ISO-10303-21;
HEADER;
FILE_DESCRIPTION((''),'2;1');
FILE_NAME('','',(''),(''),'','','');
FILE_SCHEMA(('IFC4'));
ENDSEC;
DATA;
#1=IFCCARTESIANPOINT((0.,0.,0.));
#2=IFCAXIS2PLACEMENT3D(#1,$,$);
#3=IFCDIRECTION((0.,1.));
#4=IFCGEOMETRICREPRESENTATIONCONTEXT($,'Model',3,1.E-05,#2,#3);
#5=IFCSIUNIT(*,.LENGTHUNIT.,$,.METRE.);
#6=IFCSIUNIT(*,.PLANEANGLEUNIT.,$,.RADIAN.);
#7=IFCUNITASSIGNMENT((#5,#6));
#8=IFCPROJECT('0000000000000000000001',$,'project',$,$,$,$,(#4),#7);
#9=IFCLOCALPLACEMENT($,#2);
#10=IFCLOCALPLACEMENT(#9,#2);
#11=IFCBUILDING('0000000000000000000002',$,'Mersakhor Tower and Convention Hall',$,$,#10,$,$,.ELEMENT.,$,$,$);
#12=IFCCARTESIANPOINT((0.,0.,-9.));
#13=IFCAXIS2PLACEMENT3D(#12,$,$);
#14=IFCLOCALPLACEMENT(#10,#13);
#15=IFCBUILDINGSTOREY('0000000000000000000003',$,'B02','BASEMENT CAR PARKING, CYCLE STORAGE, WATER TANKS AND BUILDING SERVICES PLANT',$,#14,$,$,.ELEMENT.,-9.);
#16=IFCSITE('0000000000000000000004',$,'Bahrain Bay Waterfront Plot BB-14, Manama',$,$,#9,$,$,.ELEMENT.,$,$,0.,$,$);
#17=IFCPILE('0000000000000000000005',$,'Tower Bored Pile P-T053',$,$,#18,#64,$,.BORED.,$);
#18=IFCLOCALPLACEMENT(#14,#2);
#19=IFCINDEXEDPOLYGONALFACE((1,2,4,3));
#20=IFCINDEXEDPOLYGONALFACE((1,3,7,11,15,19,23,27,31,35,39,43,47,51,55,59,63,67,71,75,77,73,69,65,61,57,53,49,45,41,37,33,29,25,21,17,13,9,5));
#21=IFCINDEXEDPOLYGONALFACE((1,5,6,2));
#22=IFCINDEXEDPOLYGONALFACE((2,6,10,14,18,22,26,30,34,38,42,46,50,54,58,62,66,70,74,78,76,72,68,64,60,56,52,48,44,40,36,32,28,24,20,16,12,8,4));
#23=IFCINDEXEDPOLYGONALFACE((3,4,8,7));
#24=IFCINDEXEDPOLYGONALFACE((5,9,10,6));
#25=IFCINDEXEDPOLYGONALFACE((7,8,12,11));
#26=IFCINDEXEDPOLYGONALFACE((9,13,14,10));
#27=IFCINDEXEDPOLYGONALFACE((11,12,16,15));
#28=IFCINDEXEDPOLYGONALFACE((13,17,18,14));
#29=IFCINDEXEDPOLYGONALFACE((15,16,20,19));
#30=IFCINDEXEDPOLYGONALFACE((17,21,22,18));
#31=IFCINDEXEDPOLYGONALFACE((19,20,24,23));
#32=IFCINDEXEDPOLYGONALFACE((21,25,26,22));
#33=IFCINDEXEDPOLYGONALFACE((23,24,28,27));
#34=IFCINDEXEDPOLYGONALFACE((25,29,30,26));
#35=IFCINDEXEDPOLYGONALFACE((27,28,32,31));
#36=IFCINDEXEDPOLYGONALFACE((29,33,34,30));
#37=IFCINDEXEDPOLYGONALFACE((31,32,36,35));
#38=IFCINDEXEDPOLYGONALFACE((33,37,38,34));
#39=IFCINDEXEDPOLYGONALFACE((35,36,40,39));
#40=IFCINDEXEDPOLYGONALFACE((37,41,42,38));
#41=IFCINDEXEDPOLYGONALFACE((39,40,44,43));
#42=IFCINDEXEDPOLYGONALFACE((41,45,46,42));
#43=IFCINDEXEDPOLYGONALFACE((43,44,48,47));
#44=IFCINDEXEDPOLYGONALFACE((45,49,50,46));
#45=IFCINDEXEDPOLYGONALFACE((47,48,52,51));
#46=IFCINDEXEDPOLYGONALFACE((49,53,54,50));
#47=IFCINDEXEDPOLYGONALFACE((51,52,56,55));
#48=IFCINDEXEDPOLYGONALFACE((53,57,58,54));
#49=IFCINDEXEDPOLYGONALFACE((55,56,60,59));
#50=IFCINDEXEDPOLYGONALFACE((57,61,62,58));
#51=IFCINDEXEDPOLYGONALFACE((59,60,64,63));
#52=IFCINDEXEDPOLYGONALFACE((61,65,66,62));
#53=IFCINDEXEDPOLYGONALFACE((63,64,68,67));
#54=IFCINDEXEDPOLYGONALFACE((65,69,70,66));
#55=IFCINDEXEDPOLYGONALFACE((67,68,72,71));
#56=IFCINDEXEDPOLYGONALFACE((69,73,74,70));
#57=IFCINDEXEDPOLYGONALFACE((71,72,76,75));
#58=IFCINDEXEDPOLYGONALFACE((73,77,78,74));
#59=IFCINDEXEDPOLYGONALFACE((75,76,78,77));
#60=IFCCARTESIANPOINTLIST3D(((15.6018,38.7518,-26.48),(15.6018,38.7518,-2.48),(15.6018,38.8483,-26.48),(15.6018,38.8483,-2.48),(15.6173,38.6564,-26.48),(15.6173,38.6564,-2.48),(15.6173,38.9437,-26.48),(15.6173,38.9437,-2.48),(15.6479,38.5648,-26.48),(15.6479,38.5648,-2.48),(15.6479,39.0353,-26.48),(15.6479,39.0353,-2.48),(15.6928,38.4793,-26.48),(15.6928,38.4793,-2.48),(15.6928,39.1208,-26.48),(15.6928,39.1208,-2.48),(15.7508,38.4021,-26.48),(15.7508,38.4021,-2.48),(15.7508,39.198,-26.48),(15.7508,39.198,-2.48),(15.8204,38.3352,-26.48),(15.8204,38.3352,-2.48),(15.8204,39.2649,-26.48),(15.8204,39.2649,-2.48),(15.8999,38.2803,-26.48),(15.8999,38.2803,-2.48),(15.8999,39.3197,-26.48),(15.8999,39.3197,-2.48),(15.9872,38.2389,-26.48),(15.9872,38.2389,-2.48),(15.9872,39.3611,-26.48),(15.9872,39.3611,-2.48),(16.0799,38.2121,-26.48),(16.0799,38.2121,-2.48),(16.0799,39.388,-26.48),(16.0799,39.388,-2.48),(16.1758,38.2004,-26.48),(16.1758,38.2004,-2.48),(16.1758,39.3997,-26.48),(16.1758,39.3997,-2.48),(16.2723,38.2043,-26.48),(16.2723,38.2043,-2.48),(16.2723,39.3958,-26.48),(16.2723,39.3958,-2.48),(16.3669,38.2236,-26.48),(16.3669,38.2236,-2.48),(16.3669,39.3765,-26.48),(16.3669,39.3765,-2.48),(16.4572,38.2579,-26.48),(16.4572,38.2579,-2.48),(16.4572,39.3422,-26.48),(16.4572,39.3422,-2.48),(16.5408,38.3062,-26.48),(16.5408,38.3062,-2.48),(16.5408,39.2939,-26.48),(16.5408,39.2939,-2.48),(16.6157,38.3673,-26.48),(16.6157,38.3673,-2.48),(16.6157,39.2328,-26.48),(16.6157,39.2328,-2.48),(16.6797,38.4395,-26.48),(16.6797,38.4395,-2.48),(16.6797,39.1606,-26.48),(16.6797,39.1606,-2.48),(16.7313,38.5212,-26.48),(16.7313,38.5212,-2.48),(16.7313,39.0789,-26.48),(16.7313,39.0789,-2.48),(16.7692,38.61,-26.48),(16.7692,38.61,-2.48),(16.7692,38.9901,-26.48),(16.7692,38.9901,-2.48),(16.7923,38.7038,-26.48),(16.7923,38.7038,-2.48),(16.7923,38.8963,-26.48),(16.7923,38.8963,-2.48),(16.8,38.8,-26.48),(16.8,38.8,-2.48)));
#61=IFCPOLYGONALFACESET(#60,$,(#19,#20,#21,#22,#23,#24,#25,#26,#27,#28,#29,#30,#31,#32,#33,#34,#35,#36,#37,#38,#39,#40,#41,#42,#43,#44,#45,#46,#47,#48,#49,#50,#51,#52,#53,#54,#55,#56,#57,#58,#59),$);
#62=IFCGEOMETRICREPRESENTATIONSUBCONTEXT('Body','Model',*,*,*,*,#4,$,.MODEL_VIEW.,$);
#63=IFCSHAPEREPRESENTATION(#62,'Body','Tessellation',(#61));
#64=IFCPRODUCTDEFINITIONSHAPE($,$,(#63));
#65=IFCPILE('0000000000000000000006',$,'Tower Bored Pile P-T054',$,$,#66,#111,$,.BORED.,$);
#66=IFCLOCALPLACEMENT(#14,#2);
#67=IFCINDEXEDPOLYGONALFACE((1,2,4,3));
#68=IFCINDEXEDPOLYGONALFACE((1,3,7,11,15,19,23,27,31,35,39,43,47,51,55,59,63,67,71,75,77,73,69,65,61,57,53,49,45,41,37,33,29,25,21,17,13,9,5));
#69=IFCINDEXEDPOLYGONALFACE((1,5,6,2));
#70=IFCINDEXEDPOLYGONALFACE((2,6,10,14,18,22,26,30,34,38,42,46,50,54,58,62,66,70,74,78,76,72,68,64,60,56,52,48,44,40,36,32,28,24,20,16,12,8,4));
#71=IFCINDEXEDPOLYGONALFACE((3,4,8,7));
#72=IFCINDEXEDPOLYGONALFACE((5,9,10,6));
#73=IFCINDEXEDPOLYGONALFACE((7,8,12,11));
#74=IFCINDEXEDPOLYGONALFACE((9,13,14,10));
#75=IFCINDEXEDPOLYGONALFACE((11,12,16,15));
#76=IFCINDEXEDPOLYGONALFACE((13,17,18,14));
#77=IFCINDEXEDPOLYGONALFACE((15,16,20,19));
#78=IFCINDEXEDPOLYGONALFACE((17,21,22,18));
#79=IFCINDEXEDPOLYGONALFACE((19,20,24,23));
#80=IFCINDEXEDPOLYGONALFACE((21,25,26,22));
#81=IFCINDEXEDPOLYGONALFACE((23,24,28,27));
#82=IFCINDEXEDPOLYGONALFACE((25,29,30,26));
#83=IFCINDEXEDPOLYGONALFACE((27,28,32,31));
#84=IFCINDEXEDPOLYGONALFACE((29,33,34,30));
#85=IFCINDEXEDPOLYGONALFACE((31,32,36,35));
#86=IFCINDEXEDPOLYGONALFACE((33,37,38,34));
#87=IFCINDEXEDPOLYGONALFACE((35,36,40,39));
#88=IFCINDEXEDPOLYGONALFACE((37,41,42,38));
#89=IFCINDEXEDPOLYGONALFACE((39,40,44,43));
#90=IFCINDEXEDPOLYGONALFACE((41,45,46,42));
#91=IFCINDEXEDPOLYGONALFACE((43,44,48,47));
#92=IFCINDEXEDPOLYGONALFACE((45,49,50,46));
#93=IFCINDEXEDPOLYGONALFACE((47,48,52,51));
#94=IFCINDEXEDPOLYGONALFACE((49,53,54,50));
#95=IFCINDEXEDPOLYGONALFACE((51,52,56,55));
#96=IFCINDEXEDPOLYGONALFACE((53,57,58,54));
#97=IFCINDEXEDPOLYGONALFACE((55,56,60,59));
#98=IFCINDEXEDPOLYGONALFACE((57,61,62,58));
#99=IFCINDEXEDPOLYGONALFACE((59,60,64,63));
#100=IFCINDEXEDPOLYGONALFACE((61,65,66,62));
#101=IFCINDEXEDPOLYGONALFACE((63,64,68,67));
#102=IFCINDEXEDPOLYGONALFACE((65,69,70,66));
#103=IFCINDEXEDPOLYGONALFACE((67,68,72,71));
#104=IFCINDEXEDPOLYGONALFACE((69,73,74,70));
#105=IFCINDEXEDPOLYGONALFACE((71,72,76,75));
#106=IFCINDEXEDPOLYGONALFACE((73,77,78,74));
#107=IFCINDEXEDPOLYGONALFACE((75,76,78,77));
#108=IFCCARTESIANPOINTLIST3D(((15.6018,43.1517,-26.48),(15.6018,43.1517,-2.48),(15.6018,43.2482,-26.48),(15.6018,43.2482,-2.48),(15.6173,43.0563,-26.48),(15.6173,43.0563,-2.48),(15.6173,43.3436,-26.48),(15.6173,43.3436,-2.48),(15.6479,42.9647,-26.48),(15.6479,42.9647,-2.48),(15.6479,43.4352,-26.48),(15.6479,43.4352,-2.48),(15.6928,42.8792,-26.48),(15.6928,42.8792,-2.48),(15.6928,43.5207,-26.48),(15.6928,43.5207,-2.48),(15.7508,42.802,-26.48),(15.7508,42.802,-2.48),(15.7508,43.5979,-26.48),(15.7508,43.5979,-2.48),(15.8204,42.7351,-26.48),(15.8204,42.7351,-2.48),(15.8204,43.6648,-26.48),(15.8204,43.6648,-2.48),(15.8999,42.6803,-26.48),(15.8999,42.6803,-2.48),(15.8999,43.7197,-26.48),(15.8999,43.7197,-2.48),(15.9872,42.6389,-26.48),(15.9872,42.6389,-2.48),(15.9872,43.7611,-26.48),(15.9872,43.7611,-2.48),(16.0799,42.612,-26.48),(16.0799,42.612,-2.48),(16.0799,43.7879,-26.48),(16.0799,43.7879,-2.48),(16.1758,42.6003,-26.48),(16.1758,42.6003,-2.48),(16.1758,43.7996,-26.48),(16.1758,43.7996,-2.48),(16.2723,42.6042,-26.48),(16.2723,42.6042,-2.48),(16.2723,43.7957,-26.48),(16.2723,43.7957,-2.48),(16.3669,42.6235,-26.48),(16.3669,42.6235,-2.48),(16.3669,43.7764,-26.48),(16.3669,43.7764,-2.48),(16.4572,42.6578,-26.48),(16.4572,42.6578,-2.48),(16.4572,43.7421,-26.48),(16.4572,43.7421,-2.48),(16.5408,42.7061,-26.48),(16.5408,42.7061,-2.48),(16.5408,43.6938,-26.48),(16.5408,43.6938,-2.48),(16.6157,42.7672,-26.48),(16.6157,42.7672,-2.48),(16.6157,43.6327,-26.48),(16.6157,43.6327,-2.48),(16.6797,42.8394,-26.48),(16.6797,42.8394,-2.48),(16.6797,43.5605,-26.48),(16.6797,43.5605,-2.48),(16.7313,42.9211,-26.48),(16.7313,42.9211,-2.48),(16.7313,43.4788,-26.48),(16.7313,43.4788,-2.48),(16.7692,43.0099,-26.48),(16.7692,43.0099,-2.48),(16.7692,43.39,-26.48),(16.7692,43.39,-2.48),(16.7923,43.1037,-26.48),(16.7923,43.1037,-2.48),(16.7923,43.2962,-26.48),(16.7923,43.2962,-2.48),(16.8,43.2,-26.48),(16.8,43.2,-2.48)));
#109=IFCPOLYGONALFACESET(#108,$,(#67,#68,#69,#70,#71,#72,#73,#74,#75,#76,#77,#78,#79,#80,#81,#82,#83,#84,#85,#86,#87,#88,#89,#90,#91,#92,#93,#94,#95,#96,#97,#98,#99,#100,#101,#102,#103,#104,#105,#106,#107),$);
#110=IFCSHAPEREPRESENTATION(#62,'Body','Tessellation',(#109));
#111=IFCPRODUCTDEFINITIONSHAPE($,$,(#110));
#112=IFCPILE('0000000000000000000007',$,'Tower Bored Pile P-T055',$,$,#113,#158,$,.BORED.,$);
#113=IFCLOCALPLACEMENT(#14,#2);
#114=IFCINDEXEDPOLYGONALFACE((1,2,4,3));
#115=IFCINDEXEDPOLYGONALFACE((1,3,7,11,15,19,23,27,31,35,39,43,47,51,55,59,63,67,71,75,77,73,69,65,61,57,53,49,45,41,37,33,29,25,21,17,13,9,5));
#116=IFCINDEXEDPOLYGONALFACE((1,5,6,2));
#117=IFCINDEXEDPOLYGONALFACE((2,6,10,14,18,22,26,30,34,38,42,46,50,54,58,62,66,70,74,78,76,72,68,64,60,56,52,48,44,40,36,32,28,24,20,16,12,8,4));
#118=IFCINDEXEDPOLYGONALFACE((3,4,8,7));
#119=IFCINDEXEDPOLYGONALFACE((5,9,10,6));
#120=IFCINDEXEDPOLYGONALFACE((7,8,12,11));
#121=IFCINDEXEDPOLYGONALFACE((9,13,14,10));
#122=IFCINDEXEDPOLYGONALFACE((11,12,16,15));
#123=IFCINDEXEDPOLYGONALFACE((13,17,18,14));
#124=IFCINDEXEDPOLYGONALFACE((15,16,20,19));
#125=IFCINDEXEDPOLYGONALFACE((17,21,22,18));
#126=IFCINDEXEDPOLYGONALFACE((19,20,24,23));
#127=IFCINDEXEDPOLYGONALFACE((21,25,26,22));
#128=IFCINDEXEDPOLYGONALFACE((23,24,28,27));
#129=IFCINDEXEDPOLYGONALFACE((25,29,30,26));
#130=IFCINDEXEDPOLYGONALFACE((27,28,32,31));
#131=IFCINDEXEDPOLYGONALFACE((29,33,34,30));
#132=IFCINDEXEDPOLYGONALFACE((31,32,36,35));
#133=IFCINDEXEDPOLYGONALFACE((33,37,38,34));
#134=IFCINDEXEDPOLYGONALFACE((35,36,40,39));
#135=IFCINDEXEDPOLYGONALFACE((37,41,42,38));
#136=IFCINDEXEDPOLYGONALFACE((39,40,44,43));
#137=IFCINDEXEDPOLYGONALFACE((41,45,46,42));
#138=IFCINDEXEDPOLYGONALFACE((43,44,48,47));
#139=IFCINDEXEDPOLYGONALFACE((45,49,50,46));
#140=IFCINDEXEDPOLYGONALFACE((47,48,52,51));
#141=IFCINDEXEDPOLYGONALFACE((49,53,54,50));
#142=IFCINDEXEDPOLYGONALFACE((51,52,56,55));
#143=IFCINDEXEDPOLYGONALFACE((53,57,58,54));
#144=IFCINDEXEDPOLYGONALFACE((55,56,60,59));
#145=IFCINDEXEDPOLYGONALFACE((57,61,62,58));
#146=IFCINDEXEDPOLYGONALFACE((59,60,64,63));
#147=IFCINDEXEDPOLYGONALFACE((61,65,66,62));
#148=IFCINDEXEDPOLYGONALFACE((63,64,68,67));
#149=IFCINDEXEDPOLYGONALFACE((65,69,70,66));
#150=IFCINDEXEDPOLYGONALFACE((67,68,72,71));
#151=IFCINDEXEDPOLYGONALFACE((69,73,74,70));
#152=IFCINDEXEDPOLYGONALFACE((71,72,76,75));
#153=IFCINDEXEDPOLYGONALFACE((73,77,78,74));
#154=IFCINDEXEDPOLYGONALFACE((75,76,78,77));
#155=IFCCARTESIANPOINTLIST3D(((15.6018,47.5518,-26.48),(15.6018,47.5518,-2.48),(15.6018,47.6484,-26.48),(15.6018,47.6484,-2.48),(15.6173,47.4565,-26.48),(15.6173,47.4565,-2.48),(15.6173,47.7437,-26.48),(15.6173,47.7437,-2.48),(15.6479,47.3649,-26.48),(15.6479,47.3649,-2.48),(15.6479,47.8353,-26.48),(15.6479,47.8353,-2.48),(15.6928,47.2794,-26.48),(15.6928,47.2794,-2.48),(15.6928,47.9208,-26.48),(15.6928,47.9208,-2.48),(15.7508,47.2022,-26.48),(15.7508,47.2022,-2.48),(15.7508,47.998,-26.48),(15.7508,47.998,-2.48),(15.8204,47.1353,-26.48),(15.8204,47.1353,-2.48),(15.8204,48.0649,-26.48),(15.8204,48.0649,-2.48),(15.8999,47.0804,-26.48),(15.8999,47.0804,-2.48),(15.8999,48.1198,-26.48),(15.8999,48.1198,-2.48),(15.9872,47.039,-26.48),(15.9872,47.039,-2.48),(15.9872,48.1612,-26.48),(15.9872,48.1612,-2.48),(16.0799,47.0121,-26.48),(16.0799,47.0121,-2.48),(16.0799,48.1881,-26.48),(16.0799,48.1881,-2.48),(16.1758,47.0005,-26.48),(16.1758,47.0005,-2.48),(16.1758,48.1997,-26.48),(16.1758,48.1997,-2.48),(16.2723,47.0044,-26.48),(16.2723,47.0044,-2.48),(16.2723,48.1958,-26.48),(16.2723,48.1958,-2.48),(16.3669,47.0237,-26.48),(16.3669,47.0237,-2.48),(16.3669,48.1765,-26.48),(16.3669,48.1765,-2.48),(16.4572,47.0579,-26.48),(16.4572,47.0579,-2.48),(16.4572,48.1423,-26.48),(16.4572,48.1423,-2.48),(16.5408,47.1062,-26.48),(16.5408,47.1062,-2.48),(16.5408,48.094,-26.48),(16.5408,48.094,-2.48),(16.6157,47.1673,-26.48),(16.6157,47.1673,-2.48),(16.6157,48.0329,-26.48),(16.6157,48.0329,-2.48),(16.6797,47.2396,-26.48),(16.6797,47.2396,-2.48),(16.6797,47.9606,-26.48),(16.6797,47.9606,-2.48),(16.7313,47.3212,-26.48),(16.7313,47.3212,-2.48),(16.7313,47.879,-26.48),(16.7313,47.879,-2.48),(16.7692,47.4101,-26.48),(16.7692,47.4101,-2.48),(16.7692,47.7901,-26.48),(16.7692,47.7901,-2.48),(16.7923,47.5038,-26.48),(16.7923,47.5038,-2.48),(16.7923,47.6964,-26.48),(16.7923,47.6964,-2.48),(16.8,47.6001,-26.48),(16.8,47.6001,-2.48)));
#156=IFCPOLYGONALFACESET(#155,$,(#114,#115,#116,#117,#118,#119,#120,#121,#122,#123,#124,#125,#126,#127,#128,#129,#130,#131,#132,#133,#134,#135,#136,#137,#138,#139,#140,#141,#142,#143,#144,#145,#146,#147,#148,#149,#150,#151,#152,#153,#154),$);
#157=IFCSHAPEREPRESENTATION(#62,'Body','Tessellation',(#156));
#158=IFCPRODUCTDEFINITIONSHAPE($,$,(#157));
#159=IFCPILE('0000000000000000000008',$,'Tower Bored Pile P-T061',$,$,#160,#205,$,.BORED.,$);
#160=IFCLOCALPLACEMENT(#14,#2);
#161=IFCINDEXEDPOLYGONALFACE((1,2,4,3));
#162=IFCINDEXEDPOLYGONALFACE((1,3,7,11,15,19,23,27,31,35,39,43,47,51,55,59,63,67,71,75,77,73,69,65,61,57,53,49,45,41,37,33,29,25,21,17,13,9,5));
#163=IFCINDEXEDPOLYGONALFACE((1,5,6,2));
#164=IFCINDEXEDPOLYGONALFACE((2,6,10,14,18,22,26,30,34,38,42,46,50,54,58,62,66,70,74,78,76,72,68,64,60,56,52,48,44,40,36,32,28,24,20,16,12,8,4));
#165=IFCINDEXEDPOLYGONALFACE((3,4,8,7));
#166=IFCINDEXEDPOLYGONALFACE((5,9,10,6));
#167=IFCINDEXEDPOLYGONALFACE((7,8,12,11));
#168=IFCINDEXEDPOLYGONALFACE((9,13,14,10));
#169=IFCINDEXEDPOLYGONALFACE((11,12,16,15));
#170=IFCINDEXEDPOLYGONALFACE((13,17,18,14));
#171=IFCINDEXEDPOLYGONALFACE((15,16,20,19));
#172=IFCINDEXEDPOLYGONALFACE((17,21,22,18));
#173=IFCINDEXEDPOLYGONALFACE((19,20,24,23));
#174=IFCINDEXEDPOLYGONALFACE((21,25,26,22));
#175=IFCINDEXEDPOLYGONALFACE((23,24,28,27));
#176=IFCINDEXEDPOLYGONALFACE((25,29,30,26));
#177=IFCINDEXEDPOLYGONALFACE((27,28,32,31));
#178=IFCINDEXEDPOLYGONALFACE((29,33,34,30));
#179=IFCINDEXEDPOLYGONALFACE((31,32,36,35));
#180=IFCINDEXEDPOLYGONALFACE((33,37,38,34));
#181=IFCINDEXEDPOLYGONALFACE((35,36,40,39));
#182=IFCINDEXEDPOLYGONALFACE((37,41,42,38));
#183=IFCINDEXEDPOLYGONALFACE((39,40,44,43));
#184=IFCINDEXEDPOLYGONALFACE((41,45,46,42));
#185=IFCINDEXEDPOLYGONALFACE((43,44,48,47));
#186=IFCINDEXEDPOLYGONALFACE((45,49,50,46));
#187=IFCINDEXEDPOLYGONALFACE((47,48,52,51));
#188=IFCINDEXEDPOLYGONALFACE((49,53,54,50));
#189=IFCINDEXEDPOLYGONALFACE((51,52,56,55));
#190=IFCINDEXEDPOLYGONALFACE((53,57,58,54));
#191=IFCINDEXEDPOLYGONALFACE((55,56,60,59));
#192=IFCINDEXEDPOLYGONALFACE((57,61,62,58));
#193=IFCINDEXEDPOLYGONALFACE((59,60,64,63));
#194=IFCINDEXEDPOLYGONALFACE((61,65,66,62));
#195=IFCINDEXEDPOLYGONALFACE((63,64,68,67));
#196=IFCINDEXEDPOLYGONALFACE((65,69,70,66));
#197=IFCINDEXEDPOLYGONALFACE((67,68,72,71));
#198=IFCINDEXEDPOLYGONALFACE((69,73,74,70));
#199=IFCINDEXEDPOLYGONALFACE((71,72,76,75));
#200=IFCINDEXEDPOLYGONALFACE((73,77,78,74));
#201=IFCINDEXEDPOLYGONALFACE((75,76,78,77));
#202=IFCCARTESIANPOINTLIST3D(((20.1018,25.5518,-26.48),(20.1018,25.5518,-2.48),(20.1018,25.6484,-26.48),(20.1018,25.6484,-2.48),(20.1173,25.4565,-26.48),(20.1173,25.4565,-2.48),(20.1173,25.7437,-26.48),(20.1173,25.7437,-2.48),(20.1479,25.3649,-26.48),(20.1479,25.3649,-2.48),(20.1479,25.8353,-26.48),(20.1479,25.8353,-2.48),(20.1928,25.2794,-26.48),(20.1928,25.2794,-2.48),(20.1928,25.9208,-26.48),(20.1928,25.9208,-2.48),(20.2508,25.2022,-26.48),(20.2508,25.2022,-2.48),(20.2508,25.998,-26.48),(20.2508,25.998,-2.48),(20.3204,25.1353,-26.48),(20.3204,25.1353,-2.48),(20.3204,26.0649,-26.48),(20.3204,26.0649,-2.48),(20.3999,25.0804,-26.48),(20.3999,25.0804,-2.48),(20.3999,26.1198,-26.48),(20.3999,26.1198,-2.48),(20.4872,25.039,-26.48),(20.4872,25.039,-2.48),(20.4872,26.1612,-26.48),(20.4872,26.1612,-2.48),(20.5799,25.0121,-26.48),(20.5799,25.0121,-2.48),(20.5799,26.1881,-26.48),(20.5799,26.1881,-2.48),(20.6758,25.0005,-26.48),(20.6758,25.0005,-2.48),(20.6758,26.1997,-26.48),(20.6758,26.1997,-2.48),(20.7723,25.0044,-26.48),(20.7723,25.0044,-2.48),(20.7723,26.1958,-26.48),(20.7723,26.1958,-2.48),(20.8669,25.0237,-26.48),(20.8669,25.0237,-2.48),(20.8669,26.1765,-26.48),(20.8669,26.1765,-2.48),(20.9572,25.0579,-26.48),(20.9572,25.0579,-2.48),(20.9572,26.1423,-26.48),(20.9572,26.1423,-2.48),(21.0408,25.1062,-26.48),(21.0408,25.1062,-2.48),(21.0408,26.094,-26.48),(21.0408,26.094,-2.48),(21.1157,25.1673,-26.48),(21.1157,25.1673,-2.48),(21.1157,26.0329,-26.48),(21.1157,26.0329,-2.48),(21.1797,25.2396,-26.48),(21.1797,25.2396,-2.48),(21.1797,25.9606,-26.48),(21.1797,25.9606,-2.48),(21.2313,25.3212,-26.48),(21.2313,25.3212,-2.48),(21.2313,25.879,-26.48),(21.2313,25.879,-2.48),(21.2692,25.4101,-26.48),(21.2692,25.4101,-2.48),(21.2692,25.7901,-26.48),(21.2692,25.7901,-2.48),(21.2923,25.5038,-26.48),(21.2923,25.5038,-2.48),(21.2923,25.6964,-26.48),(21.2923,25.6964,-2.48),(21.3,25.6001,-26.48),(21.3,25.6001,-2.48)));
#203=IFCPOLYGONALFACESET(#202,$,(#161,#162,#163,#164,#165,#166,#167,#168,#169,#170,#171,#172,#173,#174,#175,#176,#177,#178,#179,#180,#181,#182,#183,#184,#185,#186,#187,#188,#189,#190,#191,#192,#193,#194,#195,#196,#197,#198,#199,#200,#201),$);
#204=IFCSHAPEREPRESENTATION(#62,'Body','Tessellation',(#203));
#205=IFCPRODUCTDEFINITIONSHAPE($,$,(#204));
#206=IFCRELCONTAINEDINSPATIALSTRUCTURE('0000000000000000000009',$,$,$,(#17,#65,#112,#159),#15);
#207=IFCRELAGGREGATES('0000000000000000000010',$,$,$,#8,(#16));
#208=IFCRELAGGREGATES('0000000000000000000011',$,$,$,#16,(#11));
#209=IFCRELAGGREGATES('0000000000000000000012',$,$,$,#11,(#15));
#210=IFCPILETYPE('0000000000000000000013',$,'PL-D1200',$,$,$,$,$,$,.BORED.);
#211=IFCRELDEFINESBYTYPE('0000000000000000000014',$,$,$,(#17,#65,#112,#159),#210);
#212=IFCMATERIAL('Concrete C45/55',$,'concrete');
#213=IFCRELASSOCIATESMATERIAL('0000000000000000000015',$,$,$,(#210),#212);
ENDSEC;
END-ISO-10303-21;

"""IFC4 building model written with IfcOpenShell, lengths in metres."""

from ifc_helpers import new_model, si_unit, direction, frame, origin, origin_2d, place, context, subcontext, project, spatial, circle, extrude, material, material_profile, profile_set, type_object, element, save


model = new_model("IFC4")

# Units and contexts
model_context = context("Model", 3, precision=1e-05, world=origin(), true_north=direction((0.0, 1.0)))
body_context = subcontext(model_context, "Body", "Model", "MODEL_VIEW")
ifc_project = project(units=[si_unit("LENGTHUNIT", "METRE"), si_unit("PLANEANGLEUNIT", "RADIAN")], contexts=[model_context])

# Site, building, storey
site_placement = place(None, origin())
site = spatial("IfcSite", under=ifc_project, at=site_placement, Name="Bahrain Bay Waterfront Plot BB-14, Manama", CompositionType="ELEMENT", RefElevation=0.0)
building_placement = place(site_placement, origin())
building = spatial("IfcBuilding", under=site, at=building_placement, Name="Mersakhor Tower and Convention Hall", CompositionType="ELEMENT")
storey_placement = place(building_placement, frame((0.0, 0.0, -9.0)))
storey = spatial("IfcBuildingStorey", under=building, at=storey_placement, Name="B02", Description="BASEMENT CAR PARKING, CYCLE STORAGE, WATER TANKS AND BUILDING SERVICES PLANT", CompositionType="ELEMENT", Elevation=-9.0)

# Piles
ifc_material_1 = material(Name="Concrete C45/55", Category="concrete")
ifc_material_profile_1 = material_profile(ifc_material_1, circle(Radius=0.6001, at=origin_2d()), Name="PILE D1200")
ifc_profile_set_1 = profile_set([ifc_material_profile_1], Name="Concrete C45/55")
pile_type = type_object("IfcPileType", Name="PL-D1200", PredefinedType="BORED", material=ifc_profile_set_1)
for number, where, z_axis, x_axis, name in (
    (1, (16.2, 38.8, -2.48), (0.0, 0.0, -1.0), (1.0, 0.0, 0.0), "Tower Bored Pile P-T053"),
    (2, (16.2, 43.2, -2.48), (0.0, 0.0, -1.0), (1.0, 0.0, 0.0), "Tower Bored Pile P-T054"),
    (3, (16.2, 47.6001, -2.48), (0.0, 0.0, -1.0), (1.0, 0.0, 0.0), "Tower Bored Pile P-T055"),
    (4, (20.7, 25.6001, -2.48), (0.0, 0.0, -1.0), (1.0, 0.0, 0.0), "Tower Bored Pile P-T061"),
):
    element("IfcPile", number, at=place(storey_placement, frame(where, z_axis=z_axis, x_axis=x_axis)), inside=storey, type_object=pile_type, Name=name, PredefinedType="BORED", context=body_context, shape_type="SweptSolid", body=[
        extrude(circle(Radius=0.6001, at=origin_2d()), origin(), (0.0, 0.0, 1.0), 24.0),
    ])

save(model, "model.ifc")
